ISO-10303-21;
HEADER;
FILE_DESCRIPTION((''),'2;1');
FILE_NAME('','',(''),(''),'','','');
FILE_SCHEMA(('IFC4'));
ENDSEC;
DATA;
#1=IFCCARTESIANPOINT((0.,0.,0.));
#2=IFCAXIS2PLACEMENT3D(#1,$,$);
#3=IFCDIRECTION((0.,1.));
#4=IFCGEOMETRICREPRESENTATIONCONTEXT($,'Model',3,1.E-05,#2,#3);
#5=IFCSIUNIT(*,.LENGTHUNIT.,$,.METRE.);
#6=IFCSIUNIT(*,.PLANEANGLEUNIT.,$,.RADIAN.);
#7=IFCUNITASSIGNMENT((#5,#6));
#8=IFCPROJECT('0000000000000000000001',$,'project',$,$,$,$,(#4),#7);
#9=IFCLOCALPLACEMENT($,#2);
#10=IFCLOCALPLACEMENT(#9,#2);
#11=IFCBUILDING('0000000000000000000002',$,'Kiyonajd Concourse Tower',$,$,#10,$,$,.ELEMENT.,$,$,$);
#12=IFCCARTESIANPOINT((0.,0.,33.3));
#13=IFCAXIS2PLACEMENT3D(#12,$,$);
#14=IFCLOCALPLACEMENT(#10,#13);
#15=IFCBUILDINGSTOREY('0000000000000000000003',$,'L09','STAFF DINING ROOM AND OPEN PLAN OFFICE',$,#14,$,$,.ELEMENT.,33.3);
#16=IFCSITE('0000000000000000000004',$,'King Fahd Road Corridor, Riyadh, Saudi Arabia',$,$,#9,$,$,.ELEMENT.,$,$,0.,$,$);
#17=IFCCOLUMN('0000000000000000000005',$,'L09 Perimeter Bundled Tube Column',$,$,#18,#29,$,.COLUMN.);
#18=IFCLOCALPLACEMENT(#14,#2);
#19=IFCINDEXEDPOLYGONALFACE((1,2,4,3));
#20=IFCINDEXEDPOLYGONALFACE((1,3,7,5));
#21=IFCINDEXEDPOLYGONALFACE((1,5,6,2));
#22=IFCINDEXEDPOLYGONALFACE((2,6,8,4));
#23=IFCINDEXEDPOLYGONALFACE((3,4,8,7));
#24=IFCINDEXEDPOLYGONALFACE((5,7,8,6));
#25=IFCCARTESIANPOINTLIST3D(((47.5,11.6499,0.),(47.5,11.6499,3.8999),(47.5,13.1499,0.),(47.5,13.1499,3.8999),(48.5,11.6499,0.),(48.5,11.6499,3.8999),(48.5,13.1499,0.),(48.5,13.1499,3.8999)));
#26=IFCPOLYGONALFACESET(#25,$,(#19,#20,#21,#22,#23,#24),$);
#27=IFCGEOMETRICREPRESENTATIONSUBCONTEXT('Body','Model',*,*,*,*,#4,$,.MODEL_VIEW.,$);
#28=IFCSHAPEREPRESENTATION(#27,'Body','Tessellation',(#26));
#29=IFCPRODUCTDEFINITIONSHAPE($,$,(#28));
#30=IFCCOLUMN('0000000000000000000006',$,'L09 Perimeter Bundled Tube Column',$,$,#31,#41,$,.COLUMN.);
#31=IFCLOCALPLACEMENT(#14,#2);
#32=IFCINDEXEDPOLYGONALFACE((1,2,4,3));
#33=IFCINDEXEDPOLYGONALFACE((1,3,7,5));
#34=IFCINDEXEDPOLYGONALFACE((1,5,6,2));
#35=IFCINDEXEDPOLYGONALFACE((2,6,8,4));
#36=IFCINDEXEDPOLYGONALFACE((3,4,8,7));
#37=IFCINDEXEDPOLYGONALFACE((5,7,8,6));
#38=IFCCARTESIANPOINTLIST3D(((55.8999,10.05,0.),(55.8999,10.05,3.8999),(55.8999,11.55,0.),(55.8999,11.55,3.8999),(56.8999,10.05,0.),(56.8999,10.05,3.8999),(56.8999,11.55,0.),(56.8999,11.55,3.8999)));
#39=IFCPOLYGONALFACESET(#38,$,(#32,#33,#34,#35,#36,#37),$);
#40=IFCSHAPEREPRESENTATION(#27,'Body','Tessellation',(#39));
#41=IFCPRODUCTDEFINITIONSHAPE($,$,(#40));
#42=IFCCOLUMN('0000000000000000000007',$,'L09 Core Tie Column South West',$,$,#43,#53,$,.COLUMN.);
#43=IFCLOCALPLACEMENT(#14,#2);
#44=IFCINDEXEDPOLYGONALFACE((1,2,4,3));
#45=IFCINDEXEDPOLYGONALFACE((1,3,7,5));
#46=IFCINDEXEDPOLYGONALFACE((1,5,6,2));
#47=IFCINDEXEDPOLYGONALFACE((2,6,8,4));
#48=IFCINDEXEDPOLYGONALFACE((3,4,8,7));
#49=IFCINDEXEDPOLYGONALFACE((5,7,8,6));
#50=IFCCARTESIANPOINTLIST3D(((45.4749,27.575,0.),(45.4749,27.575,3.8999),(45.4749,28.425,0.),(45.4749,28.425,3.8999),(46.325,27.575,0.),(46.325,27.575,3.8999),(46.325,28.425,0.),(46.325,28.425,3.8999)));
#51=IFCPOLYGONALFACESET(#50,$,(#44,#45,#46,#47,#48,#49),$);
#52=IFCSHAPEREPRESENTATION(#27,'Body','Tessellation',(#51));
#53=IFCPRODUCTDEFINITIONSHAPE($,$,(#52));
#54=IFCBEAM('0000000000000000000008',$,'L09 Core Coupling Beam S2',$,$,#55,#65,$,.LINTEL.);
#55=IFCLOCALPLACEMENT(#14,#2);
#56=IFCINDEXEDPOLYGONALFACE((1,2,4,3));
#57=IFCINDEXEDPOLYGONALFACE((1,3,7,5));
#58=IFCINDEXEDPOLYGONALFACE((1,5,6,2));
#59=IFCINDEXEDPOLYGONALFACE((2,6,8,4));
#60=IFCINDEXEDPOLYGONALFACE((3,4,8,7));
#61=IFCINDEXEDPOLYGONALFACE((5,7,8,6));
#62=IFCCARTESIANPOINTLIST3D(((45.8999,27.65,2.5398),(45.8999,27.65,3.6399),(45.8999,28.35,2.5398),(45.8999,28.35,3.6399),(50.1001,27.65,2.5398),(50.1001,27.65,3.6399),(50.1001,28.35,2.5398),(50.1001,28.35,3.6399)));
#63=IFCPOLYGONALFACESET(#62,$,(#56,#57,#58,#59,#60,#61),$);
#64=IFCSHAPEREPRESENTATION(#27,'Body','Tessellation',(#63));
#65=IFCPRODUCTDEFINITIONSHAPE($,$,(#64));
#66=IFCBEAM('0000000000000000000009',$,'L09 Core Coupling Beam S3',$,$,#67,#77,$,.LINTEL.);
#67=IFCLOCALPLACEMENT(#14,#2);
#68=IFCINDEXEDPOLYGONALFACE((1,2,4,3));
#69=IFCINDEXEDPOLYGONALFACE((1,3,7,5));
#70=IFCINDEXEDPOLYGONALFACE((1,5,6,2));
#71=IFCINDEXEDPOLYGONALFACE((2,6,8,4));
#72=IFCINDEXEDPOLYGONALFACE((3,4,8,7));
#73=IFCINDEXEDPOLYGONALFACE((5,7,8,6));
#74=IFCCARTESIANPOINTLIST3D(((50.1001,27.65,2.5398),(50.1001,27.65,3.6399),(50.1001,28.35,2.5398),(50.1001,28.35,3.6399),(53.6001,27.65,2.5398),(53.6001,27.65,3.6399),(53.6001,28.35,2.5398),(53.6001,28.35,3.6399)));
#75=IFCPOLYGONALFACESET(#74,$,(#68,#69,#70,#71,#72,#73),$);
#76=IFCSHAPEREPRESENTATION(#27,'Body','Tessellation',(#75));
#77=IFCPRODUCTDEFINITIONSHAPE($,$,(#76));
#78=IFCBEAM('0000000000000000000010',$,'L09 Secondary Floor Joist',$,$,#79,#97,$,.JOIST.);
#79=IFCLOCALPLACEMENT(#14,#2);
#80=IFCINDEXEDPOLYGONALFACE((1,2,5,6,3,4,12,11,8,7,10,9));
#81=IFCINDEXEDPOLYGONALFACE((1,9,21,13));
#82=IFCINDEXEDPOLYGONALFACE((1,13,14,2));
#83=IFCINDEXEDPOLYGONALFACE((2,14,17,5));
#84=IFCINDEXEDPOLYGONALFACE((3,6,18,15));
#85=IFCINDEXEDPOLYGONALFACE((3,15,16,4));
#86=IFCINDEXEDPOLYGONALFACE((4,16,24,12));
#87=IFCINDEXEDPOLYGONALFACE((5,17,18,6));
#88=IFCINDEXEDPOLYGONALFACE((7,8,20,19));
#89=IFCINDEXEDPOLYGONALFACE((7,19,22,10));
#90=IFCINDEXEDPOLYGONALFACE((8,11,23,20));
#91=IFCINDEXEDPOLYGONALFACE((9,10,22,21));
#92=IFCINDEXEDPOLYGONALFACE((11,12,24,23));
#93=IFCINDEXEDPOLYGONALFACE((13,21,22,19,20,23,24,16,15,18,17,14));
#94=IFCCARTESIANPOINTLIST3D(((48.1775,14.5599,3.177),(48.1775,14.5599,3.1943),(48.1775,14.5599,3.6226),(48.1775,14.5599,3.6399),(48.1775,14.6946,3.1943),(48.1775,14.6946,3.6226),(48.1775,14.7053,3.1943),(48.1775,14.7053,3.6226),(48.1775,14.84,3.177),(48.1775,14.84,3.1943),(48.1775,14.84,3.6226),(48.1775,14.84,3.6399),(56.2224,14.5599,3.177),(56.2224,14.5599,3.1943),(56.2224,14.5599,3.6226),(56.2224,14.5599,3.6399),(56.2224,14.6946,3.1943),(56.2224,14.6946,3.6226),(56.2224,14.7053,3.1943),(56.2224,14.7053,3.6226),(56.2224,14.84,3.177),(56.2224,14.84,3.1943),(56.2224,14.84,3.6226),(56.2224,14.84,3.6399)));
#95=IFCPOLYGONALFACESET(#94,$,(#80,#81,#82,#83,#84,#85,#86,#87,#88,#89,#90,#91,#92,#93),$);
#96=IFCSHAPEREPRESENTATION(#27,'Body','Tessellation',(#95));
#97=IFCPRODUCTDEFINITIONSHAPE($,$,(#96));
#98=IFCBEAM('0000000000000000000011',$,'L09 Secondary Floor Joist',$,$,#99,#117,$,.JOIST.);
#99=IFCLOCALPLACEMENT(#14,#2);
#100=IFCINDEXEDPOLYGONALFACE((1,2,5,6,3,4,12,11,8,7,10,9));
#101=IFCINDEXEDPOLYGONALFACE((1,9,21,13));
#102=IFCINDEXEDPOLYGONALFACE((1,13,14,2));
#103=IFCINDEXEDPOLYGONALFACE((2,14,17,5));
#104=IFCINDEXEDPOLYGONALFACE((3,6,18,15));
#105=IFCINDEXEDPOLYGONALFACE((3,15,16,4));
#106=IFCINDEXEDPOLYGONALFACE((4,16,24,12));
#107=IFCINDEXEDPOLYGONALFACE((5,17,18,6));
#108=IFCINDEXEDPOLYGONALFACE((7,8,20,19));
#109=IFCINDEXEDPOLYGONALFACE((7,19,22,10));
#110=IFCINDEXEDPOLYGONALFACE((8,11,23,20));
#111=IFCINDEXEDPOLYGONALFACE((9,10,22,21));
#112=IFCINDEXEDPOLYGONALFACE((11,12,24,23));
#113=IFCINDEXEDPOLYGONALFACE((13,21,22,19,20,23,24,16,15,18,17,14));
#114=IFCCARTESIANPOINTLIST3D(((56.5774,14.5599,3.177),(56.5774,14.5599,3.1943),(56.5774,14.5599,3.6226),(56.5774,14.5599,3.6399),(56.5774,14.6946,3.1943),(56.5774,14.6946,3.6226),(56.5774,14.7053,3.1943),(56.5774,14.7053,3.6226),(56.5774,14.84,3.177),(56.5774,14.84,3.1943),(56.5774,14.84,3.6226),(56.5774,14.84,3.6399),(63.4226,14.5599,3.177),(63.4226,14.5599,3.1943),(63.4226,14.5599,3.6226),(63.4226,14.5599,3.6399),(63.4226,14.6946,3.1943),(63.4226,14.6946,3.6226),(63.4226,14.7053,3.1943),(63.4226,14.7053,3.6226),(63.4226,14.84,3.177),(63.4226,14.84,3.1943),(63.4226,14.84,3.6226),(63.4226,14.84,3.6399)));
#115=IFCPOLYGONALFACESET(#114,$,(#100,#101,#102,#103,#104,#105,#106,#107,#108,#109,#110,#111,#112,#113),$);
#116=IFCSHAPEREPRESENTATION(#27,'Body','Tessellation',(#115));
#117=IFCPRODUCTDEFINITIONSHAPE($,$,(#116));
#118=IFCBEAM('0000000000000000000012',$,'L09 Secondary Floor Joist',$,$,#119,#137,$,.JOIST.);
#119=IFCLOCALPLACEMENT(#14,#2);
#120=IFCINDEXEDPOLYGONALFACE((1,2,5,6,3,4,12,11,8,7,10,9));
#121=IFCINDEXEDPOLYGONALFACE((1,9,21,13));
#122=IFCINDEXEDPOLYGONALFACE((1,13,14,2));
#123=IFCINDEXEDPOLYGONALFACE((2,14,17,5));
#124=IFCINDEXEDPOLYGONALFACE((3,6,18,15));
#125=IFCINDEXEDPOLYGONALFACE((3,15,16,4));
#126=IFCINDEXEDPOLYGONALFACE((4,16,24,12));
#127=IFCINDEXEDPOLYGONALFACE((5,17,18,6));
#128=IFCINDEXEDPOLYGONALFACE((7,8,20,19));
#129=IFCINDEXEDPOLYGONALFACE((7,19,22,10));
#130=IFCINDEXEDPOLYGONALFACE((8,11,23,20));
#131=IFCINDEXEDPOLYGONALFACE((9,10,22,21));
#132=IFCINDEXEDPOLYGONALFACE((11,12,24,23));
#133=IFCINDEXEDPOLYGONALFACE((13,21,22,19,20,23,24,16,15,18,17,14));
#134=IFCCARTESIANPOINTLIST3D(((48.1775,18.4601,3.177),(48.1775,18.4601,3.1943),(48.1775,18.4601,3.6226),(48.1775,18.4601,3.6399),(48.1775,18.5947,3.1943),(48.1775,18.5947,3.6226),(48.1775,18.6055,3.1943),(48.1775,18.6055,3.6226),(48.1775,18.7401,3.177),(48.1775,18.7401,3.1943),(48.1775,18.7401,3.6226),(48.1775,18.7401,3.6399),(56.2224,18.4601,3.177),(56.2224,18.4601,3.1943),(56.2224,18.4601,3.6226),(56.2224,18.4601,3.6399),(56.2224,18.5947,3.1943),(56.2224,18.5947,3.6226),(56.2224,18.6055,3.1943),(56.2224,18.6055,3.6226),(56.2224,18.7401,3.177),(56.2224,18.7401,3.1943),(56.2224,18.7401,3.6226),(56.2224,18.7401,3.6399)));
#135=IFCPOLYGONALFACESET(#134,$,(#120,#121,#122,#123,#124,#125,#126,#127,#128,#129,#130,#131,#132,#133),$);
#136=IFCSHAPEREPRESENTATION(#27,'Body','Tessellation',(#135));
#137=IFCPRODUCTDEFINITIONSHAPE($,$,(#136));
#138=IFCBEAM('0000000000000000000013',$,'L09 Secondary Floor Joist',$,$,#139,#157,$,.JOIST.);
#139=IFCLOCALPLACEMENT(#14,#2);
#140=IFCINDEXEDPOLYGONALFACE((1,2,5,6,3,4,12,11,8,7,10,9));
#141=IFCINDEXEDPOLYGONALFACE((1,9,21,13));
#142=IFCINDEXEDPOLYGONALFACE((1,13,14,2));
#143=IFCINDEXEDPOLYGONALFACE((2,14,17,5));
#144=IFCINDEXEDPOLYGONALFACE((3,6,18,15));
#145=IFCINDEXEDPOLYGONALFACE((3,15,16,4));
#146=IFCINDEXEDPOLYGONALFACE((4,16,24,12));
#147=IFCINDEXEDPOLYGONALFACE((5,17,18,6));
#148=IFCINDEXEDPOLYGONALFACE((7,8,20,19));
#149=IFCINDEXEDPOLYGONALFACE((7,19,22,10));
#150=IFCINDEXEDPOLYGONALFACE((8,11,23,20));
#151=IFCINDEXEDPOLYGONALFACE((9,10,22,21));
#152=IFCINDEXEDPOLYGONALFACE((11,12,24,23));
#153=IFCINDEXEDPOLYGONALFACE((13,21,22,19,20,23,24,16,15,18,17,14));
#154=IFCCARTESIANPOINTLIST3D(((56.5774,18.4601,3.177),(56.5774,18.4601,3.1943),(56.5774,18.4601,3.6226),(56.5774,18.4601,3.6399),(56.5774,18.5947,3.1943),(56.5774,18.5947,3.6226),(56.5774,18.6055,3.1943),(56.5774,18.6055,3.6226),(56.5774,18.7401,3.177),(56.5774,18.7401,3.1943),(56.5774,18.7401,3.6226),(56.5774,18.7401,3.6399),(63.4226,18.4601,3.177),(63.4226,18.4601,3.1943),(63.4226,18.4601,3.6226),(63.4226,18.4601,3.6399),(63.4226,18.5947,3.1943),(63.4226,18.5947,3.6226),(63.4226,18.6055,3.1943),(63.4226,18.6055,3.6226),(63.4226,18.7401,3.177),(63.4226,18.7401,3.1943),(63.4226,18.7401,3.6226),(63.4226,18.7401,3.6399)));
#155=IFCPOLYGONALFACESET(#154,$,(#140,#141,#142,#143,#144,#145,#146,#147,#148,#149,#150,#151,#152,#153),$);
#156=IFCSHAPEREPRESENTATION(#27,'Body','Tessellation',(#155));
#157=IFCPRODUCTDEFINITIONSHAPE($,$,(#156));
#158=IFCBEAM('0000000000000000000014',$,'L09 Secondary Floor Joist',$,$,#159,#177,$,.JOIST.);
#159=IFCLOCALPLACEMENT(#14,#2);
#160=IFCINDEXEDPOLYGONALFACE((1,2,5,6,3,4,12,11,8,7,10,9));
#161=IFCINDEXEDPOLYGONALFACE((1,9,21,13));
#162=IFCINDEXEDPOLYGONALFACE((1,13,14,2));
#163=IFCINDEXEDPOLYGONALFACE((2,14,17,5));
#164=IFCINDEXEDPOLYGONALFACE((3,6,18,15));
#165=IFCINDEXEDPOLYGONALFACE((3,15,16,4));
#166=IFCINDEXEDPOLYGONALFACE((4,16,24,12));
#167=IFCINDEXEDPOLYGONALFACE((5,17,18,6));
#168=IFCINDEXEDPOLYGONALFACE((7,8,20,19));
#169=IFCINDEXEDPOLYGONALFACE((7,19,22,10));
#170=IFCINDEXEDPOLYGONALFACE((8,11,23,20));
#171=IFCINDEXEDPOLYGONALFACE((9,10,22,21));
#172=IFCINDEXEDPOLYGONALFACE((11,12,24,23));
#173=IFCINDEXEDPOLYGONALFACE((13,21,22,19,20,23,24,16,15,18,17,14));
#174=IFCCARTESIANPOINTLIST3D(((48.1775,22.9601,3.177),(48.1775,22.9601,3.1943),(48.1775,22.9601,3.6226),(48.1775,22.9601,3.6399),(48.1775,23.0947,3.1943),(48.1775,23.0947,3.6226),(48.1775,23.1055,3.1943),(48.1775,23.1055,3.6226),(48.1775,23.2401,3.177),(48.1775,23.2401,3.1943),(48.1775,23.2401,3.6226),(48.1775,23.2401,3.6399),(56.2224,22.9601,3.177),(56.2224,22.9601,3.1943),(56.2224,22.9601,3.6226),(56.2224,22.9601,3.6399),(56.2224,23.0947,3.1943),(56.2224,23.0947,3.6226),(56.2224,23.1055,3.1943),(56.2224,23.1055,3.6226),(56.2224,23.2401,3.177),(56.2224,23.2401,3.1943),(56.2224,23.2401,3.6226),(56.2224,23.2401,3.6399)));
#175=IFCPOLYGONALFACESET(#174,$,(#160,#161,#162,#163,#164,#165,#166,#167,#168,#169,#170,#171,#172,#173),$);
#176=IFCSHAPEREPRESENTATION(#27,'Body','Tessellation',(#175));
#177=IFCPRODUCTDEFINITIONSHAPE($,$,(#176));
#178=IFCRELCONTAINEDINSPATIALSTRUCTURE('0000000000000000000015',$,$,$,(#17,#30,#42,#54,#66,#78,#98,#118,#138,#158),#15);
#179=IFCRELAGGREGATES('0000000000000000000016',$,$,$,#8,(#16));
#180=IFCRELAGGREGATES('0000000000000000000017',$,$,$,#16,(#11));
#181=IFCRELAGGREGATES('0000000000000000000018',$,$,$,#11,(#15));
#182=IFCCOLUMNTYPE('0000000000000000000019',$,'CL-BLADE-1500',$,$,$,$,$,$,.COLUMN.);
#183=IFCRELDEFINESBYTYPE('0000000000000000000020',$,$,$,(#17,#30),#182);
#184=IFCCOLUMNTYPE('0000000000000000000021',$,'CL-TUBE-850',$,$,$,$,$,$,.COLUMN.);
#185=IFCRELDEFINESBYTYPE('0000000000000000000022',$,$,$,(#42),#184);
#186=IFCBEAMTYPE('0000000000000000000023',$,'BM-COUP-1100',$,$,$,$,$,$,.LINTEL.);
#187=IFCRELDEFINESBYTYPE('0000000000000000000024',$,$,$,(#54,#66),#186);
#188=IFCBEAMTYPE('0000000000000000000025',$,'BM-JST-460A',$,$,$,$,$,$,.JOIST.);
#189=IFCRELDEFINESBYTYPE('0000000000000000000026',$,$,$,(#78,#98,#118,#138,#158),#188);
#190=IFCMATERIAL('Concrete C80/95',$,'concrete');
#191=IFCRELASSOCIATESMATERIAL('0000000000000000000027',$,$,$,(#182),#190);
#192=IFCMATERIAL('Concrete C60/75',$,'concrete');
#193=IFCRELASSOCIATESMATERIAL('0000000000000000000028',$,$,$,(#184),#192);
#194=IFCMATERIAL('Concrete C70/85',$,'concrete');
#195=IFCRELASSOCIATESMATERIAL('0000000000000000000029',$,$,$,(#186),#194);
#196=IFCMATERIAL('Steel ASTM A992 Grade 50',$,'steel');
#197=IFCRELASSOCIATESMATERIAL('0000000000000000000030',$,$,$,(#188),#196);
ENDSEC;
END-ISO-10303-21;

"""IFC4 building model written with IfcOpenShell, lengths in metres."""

from ifc_helpers import new_model, si_unit, direction, frame, origin, origin_2d, place, context, subcontext, project, spatial, rectangle, i_section, extrude, material, material_profile, profile_set, type_object, element, save


model = new_model("IFC4")

# Units and contexts
model_context = context("Model", 3, precision=1e-05, world=origin(), true_north=direction((0.0, 1.0)))
body_context = subcontext(model_context, "Body", "Model", "MODEL_VIEW")
ifc_project = project(units=[si_unit("LENGTHUNIT", "METRE"), si_unit("PLANEANGLEUNIT", "RADIAN")], contexts=[model_context])

# Site, building, storey
site_placement = place(None, origin())
site = spatial("IfcSite", under=ifc_project, at=site_placement, Name="King Fahd Road Corridor, Riyadh, Saudi Arabia", CompositionType="ELEMENT", RefElevation=0.0)
building_placement = place(site_placement, origin())
building = spatial("IfcBuilding", under=site, at=building_placement, Name="Kiyonajd Concourse Tower", CompositionType="ELEMENT")
storey_placement = place(building_placement, frame((0.0, 0.0, 33.3)))
storey = spatial("IfcBuildingStorey", under=building, at=storey_placement, Name="L09", Description="STAFF DINING ROOM AND OPEN PLAN OFFICE", CompositionType="ELEMENT", Elevation=33.3)

# Columns
ifc_material_1 = material(Name="Concrete C80/95", Category="concrete")
ifc_material_profile_1 = material_profile(ifc_material_1, rectangle(XDim=1.0, YDim=1.5, at=origin_2d()), Name="RC-1500x1000")
ifc_profile_set_1 = profile_set([ifc_material_profile_1], Name="Concrete C80/95")
column_type_1 = type_object("IfcColumnType", Name="CL-BLADE-1500", PredefinedType="COLUMN", material=ifc_profile_set_1)
for number, where, z_axis, x_axis, name in (
    (1, (48.0, 12.3999, 0.0), (0.0, 0.0, 1.0), (1.0, 0.0, 0.0), "L09 Perimeter Bundled Tube Column"),
    (2, (56.3999, 10.8, 0.0), (0.0, 0.0, 1.0), (1.0, 0.0, 0.0), "L09 Perimeter Bundled Tube Column"),
):
    element("IfcColumn", number, at=place(storey_placement, frame(where, z_axis=z_axis, x_axis=x_axis)), inside=storey, type_object=column_type_1, Name=name, PredefinedType="COLUMN", context=body_context, shape_type="SweptSolid", body=[
        extrude(rectangle(XDim=1.0, YDim=1.5, at=origin_2d()), origin(), (0.0, 0.0, 1.0), 3.8999),
    ])
ifc_material_2 = material(Name="Concrete C60/75", Category="concrete")
ifc_material_profile_2 = material_profile(ifc_material_2, rectangle(XDim=0.8501, YDim=0.8501, at=origin_2d()), Name="RC-850x850")
ifc_profile_set_2 = profile_set([ifc_material_profile_2], Name="Concrete C60/75")
column_type_2 = type_object("IfcColumnType", Name="CL-TUBE-850", PredefinedType="COLUMN", material=ifc_profile_set_2)
column_placement = place(storey_placement, frame((45.8999, 28.0, 0.0), z_axis=(0.0, 0.0, 1.0), x_axis=(1.0, 0.0, 0.0)))
element("IfcColumn", 3, at=column_placement, inside=storey, type_object=column_type_2, Name="L09 Core Tie Column South West", PredefinedType="COLUMN", context=body_context, shape_type="SweptSolid", body=[
    extrude(rectangle(XDim=0.8501, YDim=0.8501, at=origin_2d()), origin(), (0.0, 0.0, 1.0), 3.8999),
])

# Beams
ifc_material_3 = material(Name="Concrete C70/85", Category="concrete")
ifc_material_profile_3 = material_profile(ifc_material_3, rectangle(XDim=0.7, YDim=1.1001, at=origin_2d()), Name="RCBM-700x1100")
ifc_profile_set_3 = profile_set([ifc_material_profile_3], Name="Concrete C70/85")
beam_type_1 = type_object("IfcBeamType", Name="BM-COUP-1100", PredefinedType="LINTEL", material=ifc_profile_set_3)
beam_1_placement = place(storey_placement, frame((45.8999, 28.0, 3.0898), z_axis=(1.0, 0.0, 0.0), x_axis=(0.0, 1.0, 0.0)))
element("IfcBeam", 4, at=beam_1_placement, inside=storey, type_object=beam_type_1, Name="L09 Core Coupling Beam S2", PredefinedType="LINTEL", context=body_context, shape_type="SweptSolid", body=[
    extrude(rectangle(XDim=0.7, YDim=1.1001, at=origin_2d()), origin(), (0.0, 0.0, 1.0), 4.2002),
])
beam_2_placement = place(storey_placement, frame((50.1001, 28.0, 3.0898), z_axis=(1.0, 0.0, 0.0), x_axis=(0.0, 1.0, 0.0)))
element("IfcBeam", 5, at=beam_2_placement, inside=storey, type_object=beam_type_1, Name="L09 Core Coupling Beam S3", PredefinedType="LINTEL", context=body_context, shape_type="SweptSolid", body=[
    extrude(rectangle(XDim=0.7, YDim=1.1001, at=origin_2d()), origin(), (0.0, 0.0, 1.0), 3.5),
])
ifc_material_4 = material(Name="Steel ASTM A992 Grade 50", Category="steel")
ifc_material_profile_4 = material_profile(ifc_material_4, i_section(OverallWidth=0.28, OverallDepth=0.4629, WebThickness=0.0107, FlangeThickness=0.0173, at=origin_2d()), Name="W460X113")
ifc_profile_set_4 = profile_set([ifc_material_profile_4], Name="Steel ASTM A992 Grade 50")
beam_type_2 = type_object("IfcBeamType", Name="BM-JST-460A", PredefinedType="JOIST", material=ifc_profile_set_4)
beam_3_placement = place(storey_placement, frame((48.1775, 14.7, 3.4084), z_axis=(1.0, 0.0, 0.0), x_axis=(0.0, 1.0, 0.0)))
element("IfcBeam", 6, at=beam_3_placement, inside=storey, type_object=beam_type_2, Name="L09 Secondary Floor Joist", PredefinedType="JOIST", context=body_context, shape_type="SweptSolid", body=[
    extrude(i_section(OverallWidth=0.28, OverallDepth=0.4629, WebThickness=0.0107, FlangeThickness=0.0173, at=origin_2d()), origin(), (0.0, 0.0, 1.0), 8.0449),
])
beam_4_placement = place(storey_placement, frame((56.5774, 14.7, 3.4084), z_axis=(1.0, 0.0, 0.0), x_axis=(0.0, 1.0, 0.0)))
element("IfcBeam", 7, at=beam_4_placement, inside=storey, type_object=beam_type_2, Name="L09 Secondary Floor Joist", PredefinedType="JOIST", context=body_context, shape_type="SweptSolid", body=[
    extrude(i_section(OverallWidth=0.28, OverallDepth=0.4629, WebThickness=0.0107, FlangeThickness=0.0173, at=origin_2d()), origin(), (0.0, 0.0, 1.0), 6.8452),
])
beam_5_placement = place(storey_placement, frame((48.1775, 18.6001, 3.4084), z_axis=(1.0, 0.0, 0.0), x_axis=(0.0, 1.0, 0.0)))
element("IfcBeam", 8, at=beam_5_placement, inside=storey, type_object=beam_type_2, Name="L09 Secondary Floor Joist", PredefinedType="JOIST", context=body_context, shape_type="SweptSolid", body=[
    extrude(i_section(OverallWidth=0.28, OverallDepth=0.4629, WebThickness=0.0107, FlangeThickness=0.0173, at=origin_2d()), origin(), (0.0, 0.0, 1.0), 8.0449),
])
beam_6_placement = place(storey_placement, frame((56.5774, 18.6001, 3.4084), z_axis=(1.0, 0.0, 0.0), x_axis=(0.0, 1.0, 0.0)))
element("IfcBeam", 9, at=beam_6_placement, inside=storey, type_object=beam_type_2, Name="L09 Secondary Floor Joist", PredefinedType="JOIST", context=body_context, shape_type="SweptSolid", body=[
    extrude(i_section(OverallWidth=0.28, OverallDepth=0.4629, WebThickness=0.0107, FlangeThickness=0.0173, at=origin_2d()), origin(), (0.0, 0.0, 1.0), 6.8452),
])
beam_7_placement = place(storey_placement, frame((48.1775, 23.1001, 3.4084), z_axis=(1.0, 0.0, 0.0), x_axis=(0.0, 1.0, 0.0)))
element("IfcBeam", 10, at=beam_7_placement, inside=storey, type_object=beam_type_2, Name="L09 Secondary Floor Joist", PredefinedType="JOIST", context=body_context, shape_type="SweptSolid", body=[
    extrude(i_section(OverallWidth=0.28, OverallDepth=0.4629, WebThickness=0.0107, FlangeThickness=0.0173, at=origin_2d()), origin(), (0.0, 0.0, 1.0), 8.0449),
])

save(model, "model.ifc")
